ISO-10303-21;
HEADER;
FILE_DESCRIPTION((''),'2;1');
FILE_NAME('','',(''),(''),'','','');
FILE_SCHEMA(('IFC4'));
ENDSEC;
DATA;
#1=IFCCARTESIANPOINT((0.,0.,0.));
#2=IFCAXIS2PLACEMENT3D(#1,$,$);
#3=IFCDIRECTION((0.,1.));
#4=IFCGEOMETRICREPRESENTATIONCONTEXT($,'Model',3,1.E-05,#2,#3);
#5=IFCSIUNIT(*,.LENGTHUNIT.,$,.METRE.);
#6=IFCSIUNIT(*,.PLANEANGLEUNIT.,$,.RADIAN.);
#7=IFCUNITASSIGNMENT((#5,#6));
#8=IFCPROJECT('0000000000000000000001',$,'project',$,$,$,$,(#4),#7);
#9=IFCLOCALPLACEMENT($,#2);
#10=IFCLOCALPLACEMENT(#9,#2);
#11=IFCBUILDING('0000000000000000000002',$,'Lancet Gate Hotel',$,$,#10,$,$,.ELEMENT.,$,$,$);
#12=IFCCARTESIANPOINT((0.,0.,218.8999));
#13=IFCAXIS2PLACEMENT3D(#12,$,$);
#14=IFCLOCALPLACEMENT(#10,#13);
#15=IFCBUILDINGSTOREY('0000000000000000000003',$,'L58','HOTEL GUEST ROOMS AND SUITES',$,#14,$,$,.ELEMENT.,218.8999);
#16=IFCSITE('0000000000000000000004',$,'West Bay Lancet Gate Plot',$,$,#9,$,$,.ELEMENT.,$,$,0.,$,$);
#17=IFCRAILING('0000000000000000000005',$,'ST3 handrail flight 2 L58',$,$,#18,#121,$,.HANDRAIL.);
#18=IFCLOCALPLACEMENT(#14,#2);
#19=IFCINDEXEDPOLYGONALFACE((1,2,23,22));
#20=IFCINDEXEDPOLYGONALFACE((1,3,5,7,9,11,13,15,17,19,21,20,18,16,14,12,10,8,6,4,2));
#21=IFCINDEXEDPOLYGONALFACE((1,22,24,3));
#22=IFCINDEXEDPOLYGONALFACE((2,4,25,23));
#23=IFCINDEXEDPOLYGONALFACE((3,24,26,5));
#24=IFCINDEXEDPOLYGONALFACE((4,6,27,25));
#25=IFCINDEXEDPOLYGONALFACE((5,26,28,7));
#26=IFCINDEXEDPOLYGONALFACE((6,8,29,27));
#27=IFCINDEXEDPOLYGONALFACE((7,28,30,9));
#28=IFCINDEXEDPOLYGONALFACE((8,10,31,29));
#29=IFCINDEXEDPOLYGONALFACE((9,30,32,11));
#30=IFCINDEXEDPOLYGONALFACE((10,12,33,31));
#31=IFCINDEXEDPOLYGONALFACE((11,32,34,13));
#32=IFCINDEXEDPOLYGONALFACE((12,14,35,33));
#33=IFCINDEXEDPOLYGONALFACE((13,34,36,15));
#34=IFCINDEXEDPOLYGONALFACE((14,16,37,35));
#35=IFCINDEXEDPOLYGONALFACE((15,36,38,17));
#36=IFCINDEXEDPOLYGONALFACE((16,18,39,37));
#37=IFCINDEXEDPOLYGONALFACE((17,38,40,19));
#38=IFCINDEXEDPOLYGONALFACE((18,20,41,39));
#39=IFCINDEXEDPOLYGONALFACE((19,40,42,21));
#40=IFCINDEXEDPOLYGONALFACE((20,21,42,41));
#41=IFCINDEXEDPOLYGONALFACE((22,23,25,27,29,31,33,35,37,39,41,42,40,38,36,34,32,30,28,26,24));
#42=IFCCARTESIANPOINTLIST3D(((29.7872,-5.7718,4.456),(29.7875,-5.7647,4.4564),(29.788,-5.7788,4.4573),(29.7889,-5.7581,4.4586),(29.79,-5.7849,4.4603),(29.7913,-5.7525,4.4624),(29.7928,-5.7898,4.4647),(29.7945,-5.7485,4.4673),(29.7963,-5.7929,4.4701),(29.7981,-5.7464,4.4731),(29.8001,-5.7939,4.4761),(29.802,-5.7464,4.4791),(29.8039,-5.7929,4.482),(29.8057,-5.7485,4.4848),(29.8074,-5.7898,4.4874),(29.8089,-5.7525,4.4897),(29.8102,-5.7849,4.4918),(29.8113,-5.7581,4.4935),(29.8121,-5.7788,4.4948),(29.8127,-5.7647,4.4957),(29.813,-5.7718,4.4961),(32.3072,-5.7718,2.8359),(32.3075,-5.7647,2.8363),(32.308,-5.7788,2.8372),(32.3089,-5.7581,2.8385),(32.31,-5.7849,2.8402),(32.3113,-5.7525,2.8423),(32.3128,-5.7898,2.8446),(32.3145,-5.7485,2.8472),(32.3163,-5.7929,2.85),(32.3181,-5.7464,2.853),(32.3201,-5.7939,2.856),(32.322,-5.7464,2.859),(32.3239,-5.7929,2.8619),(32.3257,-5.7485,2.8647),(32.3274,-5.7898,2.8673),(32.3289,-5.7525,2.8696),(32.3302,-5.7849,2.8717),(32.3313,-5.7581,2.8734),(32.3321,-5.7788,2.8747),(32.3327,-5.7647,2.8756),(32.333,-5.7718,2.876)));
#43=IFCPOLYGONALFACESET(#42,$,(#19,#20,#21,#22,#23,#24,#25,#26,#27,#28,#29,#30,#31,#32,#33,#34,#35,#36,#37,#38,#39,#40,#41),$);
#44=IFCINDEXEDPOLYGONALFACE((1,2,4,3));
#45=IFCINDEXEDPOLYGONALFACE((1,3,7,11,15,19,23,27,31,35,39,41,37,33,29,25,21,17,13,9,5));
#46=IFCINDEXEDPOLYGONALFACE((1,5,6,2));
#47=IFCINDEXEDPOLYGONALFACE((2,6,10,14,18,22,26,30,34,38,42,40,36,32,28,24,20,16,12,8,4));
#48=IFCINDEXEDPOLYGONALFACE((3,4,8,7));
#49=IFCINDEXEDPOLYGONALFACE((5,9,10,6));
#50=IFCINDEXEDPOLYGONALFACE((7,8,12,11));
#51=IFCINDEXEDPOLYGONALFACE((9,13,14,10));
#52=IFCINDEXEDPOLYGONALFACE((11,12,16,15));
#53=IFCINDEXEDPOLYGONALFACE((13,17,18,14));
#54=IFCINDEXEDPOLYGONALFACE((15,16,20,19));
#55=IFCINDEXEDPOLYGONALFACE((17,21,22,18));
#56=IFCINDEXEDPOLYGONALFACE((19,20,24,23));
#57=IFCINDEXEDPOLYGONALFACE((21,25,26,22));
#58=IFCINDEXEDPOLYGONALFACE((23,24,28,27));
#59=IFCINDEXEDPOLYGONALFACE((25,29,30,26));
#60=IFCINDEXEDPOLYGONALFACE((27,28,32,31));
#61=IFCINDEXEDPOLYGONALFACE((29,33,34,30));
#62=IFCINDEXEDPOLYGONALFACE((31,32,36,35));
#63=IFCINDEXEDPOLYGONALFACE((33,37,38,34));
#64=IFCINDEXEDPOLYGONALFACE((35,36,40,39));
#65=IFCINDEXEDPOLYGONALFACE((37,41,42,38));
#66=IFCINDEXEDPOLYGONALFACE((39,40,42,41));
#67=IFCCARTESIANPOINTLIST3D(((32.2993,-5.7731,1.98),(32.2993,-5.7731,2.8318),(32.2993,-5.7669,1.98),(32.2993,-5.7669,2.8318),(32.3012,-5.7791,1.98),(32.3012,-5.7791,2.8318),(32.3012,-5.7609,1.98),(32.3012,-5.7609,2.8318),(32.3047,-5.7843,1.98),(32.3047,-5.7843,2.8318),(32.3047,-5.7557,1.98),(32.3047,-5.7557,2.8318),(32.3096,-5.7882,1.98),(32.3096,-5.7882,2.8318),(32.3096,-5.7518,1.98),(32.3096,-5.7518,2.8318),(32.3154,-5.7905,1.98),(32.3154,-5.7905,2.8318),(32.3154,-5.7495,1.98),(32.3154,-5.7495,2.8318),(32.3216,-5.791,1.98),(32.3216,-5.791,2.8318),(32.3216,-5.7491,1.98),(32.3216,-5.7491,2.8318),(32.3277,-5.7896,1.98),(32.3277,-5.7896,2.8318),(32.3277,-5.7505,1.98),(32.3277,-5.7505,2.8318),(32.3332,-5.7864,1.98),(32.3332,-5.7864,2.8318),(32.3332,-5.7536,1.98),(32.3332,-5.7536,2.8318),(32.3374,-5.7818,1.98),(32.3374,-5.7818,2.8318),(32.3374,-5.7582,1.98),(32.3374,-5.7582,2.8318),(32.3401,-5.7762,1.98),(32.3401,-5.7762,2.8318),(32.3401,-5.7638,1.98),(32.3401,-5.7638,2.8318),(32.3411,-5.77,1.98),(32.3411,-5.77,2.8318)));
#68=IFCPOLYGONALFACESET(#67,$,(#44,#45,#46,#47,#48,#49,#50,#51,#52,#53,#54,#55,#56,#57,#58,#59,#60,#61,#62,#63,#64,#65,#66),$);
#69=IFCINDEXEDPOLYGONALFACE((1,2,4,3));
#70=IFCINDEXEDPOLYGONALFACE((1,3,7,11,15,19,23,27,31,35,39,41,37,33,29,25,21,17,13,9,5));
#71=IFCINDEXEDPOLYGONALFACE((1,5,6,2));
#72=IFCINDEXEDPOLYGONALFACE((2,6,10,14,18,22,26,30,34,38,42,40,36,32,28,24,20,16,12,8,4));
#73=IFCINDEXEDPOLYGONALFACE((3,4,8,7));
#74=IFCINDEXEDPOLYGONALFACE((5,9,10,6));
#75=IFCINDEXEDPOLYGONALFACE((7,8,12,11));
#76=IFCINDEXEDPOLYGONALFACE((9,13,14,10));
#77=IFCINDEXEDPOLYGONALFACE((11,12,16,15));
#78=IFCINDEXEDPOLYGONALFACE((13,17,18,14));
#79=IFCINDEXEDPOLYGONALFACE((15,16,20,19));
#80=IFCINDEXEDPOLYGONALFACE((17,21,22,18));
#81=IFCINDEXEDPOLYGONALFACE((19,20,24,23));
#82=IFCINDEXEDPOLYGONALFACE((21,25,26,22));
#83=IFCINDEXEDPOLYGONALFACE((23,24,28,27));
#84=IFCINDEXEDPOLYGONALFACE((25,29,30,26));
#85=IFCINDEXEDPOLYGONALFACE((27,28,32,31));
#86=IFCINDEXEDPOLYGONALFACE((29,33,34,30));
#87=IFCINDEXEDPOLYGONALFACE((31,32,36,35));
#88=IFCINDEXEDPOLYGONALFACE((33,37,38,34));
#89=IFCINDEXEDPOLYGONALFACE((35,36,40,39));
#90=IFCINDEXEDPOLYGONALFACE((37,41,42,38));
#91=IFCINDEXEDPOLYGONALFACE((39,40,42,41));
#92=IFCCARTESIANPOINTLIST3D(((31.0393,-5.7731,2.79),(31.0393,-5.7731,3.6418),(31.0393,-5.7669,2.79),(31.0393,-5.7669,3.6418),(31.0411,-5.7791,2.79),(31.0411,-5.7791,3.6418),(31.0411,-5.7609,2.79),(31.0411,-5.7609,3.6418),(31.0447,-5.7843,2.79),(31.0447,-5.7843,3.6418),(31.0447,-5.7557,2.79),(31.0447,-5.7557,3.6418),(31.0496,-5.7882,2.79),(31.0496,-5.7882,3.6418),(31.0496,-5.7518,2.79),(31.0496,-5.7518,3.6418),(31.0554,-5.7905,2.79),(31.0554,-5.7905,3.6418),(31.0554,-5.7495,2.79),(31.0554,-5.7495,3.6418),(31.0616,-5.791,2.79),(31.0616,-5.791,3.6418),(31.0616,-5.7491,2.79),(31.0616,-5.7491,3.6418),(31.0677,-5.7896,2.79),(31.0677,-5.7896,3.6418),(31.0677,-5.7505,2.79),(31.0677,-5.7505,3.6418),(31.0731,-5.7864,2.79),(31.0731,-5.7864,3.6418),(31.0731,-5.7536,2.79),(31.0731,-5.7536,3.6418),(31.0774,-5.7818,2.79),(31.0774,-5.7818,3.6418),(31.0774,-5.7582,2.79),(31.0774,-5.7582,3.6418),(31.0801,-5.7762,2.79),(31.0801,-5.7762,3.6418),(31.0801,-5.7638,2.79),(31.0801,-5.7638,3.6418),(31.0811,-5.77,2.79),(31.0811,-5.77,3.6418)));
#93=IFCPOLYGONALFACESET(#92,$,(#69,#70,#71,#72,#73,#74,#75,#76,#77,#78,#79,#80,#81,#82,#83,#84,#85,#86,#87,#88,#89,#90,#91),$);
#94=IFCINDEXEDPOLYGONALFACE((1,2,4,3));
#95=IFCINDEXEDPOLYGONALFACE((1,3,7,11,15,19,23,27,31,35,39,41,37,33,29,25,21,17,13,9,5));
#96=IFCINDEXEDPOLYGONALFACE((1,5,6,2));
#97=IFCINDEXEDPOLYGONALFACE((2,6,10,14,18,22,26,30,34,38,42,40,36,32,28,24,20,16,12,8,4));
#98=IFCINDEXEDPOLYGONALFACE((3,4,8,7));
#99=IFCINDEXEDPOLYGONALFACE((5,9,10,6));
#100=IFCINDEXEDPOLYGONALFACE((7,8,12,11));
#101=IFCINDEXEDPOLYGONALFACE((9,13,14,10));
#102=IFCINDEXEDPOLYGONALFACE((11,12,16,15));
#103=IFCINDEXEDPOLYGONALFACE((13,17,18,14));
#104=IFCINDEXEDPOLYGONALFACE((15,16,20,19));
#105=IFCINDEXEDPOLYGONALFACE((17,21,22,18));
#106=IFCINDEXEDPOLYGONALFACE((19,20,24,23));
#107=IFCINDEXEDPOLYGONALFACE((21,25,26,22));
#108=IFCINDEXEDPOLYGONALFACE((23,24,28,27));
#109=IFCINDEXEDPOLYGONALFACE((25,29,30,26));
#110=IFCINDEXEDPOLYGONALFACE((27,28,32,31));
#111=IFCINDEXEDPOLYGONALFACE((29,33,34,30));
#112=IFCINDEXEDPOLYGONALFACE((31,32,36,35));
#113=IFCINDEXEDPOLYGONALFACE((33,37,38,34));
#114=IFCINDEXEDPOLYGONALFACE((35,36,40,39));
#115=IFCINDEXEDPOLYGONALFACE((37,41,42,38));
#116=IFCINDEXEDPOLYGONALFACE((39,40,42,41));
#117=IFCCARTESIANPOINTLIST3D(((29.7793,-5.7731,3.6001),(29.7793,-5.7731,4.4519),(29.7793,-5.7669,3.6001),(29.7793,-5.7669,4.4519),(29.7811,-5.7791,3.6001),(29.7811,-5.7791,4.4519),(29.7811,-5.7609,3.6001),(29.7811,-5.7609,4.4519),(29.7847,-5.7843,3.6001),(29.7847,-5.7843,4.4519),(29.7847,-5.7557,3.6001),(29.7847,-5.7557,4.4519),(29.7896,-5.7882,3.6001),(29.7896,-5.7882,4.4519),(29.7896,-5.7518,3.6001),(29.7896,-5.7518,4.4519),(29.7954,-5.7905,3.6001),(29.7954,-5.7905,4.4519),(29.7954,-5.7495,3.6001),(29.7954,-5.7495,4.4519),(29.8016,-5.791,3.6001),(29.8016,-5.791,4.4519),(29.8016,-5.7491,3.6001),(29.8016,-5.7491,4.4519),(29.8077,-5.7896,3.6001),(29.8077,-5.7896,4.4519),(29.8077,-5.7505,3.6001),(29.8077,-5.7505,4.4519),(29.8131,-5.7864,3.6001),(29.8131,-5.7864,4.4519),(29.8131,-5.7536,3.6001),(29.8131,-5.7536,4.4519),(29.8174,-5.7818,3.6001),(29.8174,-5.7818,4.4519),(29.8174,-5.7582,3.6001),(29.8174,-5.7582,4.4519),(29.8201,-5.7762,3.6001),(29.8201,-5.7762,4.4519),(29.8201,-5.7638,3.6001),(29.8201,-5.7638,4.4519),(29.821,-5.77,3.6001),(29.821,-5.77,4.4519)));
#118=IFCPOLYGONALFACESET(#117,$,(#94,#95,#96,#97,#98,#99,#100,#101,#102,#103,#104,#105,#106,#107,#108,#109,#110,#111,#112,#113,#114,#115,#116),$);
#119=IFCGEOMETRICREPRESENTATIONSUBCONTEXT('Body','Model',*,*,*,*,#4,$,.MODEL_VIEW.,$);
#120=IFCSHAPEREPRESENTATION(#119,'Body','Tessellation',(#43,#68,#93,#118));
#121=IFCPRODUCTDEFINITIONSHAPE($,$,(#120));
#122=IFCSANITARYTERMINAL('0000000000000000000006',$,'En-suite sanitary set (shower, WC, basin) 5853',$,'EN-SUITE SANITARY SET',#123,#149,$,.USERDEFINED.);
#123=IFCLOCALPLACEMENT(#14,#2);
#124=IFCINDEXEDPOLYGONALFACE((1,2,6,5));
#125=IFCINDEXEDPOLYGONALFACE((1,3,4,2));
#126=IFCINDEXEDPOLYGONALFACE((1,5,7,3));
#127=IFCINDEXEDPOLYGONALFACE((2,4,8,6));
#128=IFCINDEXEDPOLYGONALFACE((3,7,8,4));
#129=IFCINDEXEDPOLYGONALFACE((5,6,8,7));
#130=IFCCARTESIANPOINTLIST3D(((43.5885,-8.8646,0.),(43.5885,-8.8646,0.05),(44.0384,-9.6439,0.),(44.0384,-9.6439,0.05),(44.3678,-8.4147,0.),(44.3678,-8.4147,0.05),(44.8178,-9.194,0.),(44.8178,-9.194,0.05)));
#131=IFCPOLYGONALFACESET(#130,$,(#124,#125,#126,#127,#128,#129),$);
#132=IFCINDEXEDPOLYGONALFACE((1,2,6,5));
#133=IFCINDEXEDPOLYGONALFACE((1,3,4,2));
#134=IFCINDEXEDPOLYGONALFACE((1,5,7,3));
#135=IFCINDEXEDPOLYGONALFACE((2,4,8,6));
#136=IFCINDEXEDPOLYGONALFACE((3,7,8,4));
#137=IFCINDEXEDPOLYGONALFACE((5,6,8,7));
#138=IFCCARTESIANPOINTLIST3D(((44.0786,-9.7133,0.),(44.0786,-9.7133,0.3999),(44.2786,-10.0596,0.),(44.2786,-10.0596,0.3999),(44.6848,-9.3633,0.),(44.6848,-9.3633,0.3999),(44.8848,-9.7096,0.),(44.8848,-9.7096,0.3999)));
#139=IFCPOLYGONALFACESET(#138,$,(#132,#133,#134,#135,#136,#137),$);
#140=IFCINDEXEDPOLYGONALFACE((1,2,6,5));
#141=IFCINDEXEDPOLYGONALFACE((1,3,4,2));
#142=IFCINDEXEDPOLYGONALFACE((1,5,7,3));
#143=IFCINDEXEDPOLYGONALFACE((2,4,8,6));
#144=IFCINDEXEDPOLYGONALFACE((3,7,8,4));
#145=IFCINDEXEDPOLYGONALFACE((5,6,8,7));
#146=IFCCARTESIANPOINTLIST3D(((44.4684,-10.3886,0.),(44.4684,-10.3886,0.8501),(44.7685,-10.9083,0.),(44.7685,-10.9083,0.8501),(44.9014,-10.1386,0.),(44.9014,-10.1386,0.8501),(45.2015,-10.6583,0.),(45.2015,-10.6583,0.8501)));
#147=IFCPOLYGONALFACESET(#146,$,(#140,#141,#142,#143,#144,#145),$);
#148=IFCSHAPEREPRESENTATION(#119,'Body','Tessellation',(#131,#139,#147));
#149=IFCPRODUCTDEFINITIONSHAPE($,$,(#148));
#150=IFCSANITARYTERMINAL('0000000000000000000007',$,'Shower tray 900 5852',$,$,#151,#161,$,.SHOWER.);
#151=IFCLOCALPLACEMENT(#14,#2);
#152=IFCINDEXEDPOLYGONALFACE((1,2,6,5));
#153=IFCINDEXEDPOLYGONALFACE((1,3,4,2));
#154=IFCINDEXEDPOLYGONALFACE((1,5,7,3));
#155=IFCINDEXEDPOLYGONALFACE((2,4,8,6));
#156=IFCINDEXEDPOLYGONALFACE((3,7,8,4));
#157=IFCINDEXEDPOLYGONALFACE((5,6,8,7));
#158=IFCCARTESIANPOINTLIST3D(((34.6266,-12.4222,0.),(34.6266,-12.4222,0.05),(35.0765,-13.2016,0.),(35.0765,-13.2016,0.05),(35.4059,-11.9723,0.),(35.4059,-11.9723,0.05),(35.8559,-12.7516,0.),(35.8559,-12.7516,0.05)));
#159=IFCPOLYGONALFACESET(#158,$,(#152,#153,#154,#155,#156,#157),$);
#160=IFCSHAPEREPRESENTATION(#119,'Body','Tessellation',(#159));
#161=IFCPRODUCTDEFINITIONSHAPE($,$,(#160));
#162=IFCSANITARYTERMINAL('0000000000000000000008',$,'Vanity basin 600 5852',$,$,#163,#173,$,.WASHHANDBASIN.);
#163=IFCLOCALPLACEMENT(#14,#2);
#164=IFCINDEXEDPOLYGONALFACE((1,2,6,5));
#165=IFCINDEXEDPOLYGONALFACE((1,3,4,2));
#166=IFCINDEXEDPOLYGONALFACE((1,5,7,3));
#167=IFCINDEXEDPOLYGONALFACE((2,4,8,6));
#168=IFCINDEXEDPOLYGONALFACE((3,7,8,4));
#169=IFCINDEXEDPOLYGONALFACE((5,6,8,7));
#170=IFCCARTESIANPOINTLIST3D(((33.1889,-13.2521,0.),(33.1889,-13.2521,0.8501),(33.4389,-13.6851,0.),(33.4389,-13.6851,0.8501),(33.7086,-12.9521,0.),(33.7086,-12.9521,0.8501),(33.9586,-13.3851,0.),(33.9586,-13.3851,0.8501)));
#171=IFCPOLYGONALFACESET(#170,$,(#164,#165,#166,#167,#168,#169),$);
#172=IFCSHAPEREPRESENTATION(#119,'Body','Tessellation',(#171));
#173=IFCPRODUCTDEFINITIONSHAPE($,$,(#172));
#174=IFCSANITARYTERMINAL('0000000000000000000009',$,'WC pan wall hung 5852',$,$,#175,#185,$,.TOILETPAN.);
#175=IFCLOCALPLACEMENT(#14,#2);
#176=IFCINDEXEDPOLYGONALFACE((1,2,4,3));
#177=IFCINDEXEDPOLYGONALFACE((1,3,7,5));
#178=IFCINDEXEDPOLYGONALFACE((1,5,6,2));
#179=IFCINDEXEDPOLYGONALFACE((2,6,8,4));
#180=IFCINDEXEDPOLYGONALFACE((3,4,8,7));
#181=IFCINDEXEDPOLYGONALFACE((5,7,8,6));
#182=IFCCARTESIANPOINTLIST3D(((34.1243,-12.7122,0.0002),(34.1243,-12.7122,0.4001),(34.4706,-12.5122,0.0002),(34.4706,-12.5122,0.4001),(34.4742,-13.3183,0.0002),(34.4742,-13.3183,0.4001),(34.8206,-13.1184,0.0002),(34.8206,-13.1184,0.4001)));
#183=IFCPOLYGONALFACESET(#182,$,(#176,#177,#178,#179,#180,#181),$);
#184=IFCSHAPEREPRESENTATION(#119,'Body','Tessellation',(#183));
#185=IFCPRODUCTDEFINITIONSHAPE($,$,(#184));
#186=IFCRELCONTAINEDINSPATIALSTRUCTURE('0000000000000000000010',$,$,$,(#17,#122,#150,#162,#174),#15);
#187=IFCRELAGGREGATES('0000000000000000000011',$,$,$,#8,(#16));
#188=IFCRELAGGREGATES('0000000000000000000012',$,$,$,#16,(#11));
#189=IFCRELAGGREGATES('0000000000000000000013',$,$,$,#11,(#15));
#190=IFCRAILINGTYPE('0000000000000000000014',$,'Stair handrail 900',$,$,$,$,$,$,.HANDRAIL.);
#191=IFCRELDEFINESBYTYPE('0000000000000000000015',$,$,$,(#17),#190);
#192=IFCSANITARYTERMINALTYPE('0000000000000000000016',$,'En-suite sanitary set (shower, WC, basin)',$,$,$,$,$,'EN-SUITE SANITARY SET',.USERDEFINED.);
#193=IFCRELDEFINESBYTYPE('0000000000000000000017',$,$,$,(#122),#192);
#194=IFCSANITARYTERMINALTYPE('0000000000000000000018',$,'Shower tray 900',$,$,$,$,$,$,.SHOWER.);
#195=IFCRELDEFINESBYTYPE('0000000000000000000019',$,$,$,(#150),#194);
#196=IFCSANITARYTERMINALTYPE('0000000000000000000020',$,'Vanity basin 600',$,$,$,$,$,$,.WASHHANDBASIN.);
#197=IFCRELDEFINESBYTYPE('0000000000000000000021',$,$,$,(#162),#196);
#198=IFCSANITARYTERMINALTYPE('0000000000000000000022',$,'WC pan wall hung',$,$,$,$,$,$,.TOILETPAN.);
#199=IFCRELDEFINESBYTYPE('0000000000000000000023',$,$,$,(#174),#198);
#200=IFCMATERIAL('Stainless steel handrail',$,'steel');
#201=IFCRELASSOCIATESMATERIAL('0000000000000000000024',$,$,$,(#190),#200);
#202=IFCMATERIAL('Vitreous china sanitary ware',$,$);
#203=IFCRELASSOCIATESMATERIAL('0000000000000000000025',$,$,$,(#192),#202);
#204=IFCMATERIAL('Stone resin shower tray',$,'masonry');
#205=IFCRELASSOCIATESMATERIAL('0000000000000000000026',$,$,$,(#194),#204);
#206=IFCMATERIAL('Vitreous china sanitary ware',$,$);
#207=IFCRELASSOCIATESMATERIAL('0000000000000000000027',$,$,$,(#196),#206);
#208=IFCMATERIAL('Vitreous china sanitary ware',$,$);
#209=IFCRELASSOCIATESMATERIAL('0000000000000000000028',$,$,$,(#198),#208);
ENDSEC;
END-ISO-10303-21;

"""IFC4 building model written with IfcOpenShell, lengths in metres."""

from ifc_helpers import new_model, si_unit, direction, frame, origin, origin_2d, place, context, subcontext, project, spatial, rectangle, circle, extrude, material, type_object, element, save


model = new_model("IFC4")

# Units and contexts
model_context = context("Model", 3, precision=1e-05, world=origin(), true_north=direction((0.0, 1.0)))
body_context = subcontext(model_context, "Body", "Model", "MODEL_VIEW")
ifc_project = project(units=[si_unit("LENGTHUNIT", "METRE"), si_unit("PLANEANGLEUNIT", "RADIAN")], contexts=[model_context])

# Site, building, storey
site_placement = place(None, origin())
site = spatial("IfcSite", under=ifc_project, at=site_placement, Name="West Bay Lancet Gate Plot", CompositionType="ELEMENT", RefElevation=0.0)
building_placement = place(site_placement, origin())
building = spatial("IfcBuilding", under=site, at=building_placement, Name="Lancet Gate Hotel", CompositionType="ELEMENT")
storey_placement = place(building_placement, frame((0.0, 0.0, 218.8999)))
storey = spatial("IfcBuildingStorey", under=building, at=storey_placement, Name="L58", Description="HOTEL GUEST ROOMS AND SUITES", CompositionType="ELEMENT", Elevation=218.8999)

# Railing
ifc_material_1 = material(Name="Stainless steel handrail", Category="steel")
railing_type = type_object("IfcRailingType", Name="Stair handrail 900", PredefinedType="HANDRAIL", material=ifc_material_1)
railing_1_placement = place(storey_placement, frame((32.3201, -5.77, 1.98)))
element("IfcRailing", 1, at=railing_1_placement, inside=storey, type_object=railing_type, Name="ST3 handrail flight 2 L58", PredefinedType="HANDRAIL", context=body_context, shape_type="SweptSolid", body=[
    extrude(circle(Radius=0.0239, at=origin_2d()), frame((0.0, 0.0, 0.876), z_axis=(-0.841163, 0.0, 0.540782), x_axis=(0.0, -1.0, 0.0)), (0.0, 0.0, 1.0), 2.9958),
    extrude(circle(Radius=0.021, at=origin_2d()), origin(), (0.0, 0.0, 1.0), 0.8518),
    extrude(circle(Radius=0.021, at=origin_2d()), frame((-1.26, 0.0, 0.8101)), (0.0, 0.0, 1.0), 0.8518),
    extrude(circle(Radius=0.021, at=origin_2d()), frame((-2.52, 0.0, 1.6201)), (0.0, 0.0, 1.0), 0.8518),
])

# Sanitary terminals
ifc_material_2 = material(Name="Vitreous china sanitary ware")
sanitary_terminal_type_1 = type_object("IfcSanitaryTerminalType", Name="En-suite sanitary set (shower, WC, basin)", ElementType="EN-SUITE SANITARY SET", PredefinedType="USERDEFINED", material=ifc_material_2)
sanitary_terminal_1_placement = place(storey_placement, frame((44.2031, -9.0293, 0.0), z_axis=(0.0, 0.0, 1.0), x_axis=(1.0, 0.0, 0.0)))
element("IfcSanitaryTerminal", 2, at=sanitary_terminal_1_placement, inside=storey, type_object=sanitary_terminal_type_1, Name="En-suite sanitary set (shower, WC, basin) 5853", ObjectType="EN-SUITE SANITARY SET", PredefinedType="USERDEFINED", context=body_context, shape_type="SweptSolid", body=[
    extrude(rectangle(XDim=0.8999, YDim=0.8999, at=origin_2d()), frame((0.0, 0.0, 0.0), z_axis=(0.0, 0.0, 1.0), x_axis=(-0.5, 0.866025, 0.0)), (0.0, 0.0, 1.0), 0.05),
    extrude(rectangle(XDim=0.3999, YDim=0.7, at=origin_2d()), frame((0.2786, -0.6821, 0.0), z_axis=(0.0, 0.0, 1.0), x_axis=(-0.5, 0.866025, 0.0)), (0.0, 0.0, 1.0), 0.3999),
    extrude(rectangle(XDim=0.6001, YDim=0.5, at=origin_2d()), frame((0.6318, -1.4941, 0.0), z_axis=(0.0, 0.0, 1.0), x_axis=(-0.5, 0.866025, 0.0)), (0.0, 0.0, 1.0), 0.8501),
])
ifc_material_3 = material(Name="Stone resin shower tray", Category="masonry")
sanitary_terminal_type_2 = type_object("IfcSanitaryTerminalType", Name="Shower tray 900", PredefinedType="SHOWER", material=ifc_material_3)
sanitary_terminal_2_placement = place(storey_placement, frame((35.2412, -12.5869, 0.0), z_axis=(0.0, 0.0, 1.0), x_axis=(0.866025, 0.5, 0.0)))
element("IfcSanitaryTerminal", 3, at=sanitary_terminal_2_placement, inside=storey, type_object=sanitary_terminal_type_2, Name="Shower tray 900 5852", PredefinedType="SHOWER", context=body_context, shape_type="SweptSolid", body=[
    extrude(rectangle(XDim=0.8999, YDim=0.8999, at=origin_2d()), origin(), (0.0, 0.0, 1.0), 0.05),
])
ifc_material_4 = material(Name="Vitreous china sanitary ware")
sanitary_terminal_type_3 = type_object("IfcSanitaryTerminalType", Name="Vanity basin 600", PredefinedType="WASHHANDBASIN", material=ifc_material_4)
sanitary_terminal_3_placement = place(storey_placement, frame((33.5737, -13.3186, 0.0), z_axis=(0.0, 0.0, 1.0), x_axis=(0.866025, 0.5, 0.0)))
element("IfcSanitaryTerminal", 4, at=sanitary_terminal_3_placement, inside=storey, type_object=sanitary_terminal_type_3, Name="Vanity basin 600 5852", PredefinedType="WASHHANDBASIN", context=body_context, shape_type="SweptSolid", body=[
    extrude(rectangle(XDim=0.6001, YDim=0.5, at=origin_2d()), origin(), (0.0, 0.0, 1.0), 0.8501),
])
ifc_material_5 = material(Name="Vitreous china sanitary ware")
sanitary_terminal_type_4 = type_object("IfcSanitaryTerminalType", Name="WC pan wall hung", PredefinedType="TOILETPAN", material=ifc_material_5)
sanitary_terminal_4_placement = place(storey_placement, frame((34.4724, -12.9153, 0.0002), z_axis=(0.0, 0.0, 1.0), x_axis=(0.866025, 0.5, 0.0)))
element("IfcSanitaryTerminal", 5, at=sanitary_terminal_4_placement, inside=storey, type_object=sanitary_terminal_type_4, Name="WC pan wall hung 5852", PredefinedType="TOILETPAN", context=body_context, shape_type="SweptSolid", body=[
    extrude(rectangle(XDim=0.3999, YDim=0.7, at=origin_2d()), origin(), (0.0, 0.0, 1.0), 0.3999),
])

save(model, "model.ifc")
